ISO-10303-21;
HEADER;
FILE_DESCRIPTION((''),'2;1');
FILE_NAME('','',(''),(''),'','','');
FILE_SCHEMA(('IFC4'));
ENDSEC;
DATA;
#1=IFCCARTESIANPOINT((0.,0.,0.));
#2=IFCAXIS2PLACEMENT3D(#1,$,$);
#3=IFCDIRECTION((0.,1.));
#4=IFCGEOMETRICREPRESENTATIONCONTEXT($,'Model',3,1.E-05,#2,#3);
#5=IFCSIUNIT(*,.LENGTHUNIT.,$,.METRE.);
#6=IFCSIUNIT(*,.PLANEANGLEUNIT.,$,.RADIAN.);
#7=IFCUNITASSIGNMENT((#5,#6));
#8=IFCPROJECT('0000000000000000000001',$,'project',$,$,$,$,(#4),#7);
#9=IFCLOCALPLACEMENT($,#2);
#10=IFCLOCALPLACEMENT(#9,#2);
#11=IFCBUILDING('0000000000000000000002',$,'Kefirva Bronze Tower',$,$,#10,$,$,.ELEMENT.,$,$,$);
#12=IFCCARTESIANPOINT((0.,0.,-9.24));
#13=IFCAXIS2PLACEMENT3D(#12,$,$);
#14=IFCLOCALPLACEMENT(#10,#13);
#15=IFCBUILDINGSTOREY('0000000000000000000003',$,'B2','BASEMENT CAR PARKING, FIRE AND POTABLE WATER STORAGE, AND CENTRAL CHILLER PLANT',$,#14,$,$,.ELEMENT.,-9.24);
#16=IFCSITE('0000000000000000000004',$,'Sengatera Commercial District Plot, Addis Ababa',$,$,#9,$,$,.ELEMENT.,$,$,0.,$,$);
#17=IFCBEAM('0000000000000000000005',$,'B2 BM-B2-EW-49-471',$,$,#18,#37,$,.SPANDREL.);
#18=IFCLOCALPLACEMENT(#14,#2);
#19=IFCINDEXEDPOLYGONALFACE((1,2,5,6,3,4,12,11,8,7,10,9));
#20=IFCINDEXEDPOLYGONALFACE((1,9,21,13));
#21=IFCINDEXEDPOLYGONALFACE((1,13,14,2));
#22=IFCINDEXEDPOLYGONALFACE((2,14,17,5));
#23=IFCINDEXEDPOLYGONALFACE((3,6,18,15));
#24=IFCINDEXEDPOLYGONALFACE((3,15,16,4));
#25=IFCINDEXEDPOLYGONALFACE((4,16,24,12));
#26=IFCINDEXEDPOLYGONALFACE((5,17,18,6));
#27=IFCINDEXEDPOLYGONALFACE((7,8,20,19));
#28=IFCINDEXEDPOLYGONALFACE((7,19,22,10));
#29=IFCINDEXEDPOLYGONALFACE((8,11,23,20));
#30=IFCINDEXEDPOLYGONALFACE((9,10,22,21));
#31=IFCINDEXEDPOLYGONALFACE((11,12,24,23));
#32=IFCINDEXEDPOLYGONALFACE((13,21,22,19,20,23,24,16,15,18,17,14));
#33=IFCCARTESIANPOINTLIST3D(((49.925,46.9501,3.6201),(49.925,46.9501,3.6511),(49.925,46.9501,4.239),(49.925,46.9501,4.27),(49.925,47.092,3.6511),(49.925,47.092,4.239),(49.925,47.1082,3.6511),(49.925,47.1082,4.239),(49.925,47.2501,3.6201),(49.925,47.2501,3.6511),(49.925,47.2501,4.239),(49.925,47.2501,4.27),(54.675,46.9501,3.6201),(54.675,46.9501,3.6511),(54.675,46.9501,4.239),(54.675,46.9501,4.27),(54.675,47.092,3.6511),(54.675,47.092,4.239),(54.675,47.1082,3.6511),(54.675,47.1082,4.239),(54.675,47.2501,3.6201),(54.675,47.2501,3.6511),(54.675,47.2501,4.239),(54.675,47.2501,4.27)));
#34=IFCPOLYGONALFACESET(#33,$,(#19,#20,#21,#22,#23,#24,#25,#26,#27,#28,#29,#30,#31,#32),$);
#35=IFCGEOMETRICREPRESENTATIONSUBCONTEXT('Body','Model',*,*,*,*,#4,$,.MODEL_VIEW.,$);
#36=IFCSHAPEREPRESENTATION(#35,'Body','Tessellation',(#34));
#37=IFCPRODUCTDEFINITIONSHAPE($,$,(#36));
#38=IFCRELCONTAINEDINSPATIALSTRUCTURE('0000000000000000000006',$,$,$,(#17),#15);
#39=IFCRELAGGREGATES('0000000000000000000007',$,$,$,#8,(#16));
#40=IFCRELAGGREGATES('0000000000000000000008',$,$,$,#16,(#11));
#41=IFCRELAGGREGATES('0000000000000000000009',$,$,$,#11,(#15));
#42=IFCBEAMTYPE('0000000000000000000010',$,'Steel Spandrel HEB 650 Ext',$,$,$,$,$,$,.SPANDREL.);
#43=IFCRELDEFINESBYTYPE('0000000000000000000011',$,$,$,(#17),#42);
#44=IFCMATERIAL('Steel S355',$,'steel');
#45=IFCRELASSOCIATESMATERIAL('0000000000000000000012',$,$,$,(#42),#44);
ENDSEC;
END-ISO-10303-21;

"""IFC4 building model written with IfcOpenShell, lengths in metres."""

from ifc_helpers import new_model, si_unit, direction, frame, origin, origin_2d, place, context, subcontext, project, spatial, i_section, extrude, material, material_profile, profile_set, type_object, element, save


model = new_model("IFC4")

# Units and contexts
model_context = context("Model", 3, precision=1e-05, world=origin(), true_north=direction((0.0, 1.0)))
body_context = subcontext(model_context, "Body", "Model", "MODEL_VIEW")
ifc_project = project(units=[si_unit("LENGTHUNIT", "METRE"), si_unit("PLANEANGLEUNIT", "RADIAN")], contexts=[model_context])

# Site, building, storey
site_placement = place(None, origin())
site = spatial("IfcSite", under=ifc_project, at=site_placement, Name="Sengatera Commercial District Plot, Addis Ababa", CompositionType="ELEMENT", RefElevation=0.0)
building_placement = place(site_placement, origin())
building = spatial("IfcBuilding", under=site, at=building_placement, Name="Kefirva Bronze Tower", CompositionType="ELEMENT")
storey_placement = place(building_placement, frame((0.0, 0.0, -9.24)))
storey = spatial("IfcBuildingStorey", under=building, at=storey_placement, Name="B2", Description="BASEMENT CAR PARKING, FIRE AND POTABLE WATER STORAGE, AND CENTRAL CHILLER PLANT", CompositionType="ELEMENT", Elevation=-9.24)

# Beam
ifc_material_1 = material(Name="Steel S355", Category="steel")
ifc_material_profile_1 = material_profile(ifc_material_1, i_section(OverallWidth=0.3, OverallDepth=0.6499, WebThickness=0.0161, FlangeThickness=0.031, at=origin_2d()), Name="HEB 650")
ifc_profile_set_1 = profile_set([ifc_material_profile_1], Name="Steel S355")
beam_type_1 = type_object("IfcBeamType", Name="Steel Spandrel HEB 650 Ext", PredefinedType="SPANDREL", material=ifc_profile_set_1)
for number, where, z_axis, x_axis, name in (
    (1, (49.925, 47.1001, 3.9451), (1.0, 0.0, 0.0), (0.0, 1.0, 0.0), "B2 BM-B2-EW-49-471"),
):
    element("IfcBeam", number, at=place(storey_placement, frame(where, z_axis=z_axis, x_axis=x_axis)), inside=storey, type_object=beam_type_1, Name=name, PredefinedType="SPANDREL", context=body_context, shape_type="SweptSolid", body=[
        extrude(i_section(OverallWidth=0.3, OverallDepth=0.6499, WebThickness=0.0161, FlangeThickness=0.031, at=origin_2d()), origin(), (0.0, 0.0, 1.0), 4.75),
    ])

save(model, "model.ifc")
